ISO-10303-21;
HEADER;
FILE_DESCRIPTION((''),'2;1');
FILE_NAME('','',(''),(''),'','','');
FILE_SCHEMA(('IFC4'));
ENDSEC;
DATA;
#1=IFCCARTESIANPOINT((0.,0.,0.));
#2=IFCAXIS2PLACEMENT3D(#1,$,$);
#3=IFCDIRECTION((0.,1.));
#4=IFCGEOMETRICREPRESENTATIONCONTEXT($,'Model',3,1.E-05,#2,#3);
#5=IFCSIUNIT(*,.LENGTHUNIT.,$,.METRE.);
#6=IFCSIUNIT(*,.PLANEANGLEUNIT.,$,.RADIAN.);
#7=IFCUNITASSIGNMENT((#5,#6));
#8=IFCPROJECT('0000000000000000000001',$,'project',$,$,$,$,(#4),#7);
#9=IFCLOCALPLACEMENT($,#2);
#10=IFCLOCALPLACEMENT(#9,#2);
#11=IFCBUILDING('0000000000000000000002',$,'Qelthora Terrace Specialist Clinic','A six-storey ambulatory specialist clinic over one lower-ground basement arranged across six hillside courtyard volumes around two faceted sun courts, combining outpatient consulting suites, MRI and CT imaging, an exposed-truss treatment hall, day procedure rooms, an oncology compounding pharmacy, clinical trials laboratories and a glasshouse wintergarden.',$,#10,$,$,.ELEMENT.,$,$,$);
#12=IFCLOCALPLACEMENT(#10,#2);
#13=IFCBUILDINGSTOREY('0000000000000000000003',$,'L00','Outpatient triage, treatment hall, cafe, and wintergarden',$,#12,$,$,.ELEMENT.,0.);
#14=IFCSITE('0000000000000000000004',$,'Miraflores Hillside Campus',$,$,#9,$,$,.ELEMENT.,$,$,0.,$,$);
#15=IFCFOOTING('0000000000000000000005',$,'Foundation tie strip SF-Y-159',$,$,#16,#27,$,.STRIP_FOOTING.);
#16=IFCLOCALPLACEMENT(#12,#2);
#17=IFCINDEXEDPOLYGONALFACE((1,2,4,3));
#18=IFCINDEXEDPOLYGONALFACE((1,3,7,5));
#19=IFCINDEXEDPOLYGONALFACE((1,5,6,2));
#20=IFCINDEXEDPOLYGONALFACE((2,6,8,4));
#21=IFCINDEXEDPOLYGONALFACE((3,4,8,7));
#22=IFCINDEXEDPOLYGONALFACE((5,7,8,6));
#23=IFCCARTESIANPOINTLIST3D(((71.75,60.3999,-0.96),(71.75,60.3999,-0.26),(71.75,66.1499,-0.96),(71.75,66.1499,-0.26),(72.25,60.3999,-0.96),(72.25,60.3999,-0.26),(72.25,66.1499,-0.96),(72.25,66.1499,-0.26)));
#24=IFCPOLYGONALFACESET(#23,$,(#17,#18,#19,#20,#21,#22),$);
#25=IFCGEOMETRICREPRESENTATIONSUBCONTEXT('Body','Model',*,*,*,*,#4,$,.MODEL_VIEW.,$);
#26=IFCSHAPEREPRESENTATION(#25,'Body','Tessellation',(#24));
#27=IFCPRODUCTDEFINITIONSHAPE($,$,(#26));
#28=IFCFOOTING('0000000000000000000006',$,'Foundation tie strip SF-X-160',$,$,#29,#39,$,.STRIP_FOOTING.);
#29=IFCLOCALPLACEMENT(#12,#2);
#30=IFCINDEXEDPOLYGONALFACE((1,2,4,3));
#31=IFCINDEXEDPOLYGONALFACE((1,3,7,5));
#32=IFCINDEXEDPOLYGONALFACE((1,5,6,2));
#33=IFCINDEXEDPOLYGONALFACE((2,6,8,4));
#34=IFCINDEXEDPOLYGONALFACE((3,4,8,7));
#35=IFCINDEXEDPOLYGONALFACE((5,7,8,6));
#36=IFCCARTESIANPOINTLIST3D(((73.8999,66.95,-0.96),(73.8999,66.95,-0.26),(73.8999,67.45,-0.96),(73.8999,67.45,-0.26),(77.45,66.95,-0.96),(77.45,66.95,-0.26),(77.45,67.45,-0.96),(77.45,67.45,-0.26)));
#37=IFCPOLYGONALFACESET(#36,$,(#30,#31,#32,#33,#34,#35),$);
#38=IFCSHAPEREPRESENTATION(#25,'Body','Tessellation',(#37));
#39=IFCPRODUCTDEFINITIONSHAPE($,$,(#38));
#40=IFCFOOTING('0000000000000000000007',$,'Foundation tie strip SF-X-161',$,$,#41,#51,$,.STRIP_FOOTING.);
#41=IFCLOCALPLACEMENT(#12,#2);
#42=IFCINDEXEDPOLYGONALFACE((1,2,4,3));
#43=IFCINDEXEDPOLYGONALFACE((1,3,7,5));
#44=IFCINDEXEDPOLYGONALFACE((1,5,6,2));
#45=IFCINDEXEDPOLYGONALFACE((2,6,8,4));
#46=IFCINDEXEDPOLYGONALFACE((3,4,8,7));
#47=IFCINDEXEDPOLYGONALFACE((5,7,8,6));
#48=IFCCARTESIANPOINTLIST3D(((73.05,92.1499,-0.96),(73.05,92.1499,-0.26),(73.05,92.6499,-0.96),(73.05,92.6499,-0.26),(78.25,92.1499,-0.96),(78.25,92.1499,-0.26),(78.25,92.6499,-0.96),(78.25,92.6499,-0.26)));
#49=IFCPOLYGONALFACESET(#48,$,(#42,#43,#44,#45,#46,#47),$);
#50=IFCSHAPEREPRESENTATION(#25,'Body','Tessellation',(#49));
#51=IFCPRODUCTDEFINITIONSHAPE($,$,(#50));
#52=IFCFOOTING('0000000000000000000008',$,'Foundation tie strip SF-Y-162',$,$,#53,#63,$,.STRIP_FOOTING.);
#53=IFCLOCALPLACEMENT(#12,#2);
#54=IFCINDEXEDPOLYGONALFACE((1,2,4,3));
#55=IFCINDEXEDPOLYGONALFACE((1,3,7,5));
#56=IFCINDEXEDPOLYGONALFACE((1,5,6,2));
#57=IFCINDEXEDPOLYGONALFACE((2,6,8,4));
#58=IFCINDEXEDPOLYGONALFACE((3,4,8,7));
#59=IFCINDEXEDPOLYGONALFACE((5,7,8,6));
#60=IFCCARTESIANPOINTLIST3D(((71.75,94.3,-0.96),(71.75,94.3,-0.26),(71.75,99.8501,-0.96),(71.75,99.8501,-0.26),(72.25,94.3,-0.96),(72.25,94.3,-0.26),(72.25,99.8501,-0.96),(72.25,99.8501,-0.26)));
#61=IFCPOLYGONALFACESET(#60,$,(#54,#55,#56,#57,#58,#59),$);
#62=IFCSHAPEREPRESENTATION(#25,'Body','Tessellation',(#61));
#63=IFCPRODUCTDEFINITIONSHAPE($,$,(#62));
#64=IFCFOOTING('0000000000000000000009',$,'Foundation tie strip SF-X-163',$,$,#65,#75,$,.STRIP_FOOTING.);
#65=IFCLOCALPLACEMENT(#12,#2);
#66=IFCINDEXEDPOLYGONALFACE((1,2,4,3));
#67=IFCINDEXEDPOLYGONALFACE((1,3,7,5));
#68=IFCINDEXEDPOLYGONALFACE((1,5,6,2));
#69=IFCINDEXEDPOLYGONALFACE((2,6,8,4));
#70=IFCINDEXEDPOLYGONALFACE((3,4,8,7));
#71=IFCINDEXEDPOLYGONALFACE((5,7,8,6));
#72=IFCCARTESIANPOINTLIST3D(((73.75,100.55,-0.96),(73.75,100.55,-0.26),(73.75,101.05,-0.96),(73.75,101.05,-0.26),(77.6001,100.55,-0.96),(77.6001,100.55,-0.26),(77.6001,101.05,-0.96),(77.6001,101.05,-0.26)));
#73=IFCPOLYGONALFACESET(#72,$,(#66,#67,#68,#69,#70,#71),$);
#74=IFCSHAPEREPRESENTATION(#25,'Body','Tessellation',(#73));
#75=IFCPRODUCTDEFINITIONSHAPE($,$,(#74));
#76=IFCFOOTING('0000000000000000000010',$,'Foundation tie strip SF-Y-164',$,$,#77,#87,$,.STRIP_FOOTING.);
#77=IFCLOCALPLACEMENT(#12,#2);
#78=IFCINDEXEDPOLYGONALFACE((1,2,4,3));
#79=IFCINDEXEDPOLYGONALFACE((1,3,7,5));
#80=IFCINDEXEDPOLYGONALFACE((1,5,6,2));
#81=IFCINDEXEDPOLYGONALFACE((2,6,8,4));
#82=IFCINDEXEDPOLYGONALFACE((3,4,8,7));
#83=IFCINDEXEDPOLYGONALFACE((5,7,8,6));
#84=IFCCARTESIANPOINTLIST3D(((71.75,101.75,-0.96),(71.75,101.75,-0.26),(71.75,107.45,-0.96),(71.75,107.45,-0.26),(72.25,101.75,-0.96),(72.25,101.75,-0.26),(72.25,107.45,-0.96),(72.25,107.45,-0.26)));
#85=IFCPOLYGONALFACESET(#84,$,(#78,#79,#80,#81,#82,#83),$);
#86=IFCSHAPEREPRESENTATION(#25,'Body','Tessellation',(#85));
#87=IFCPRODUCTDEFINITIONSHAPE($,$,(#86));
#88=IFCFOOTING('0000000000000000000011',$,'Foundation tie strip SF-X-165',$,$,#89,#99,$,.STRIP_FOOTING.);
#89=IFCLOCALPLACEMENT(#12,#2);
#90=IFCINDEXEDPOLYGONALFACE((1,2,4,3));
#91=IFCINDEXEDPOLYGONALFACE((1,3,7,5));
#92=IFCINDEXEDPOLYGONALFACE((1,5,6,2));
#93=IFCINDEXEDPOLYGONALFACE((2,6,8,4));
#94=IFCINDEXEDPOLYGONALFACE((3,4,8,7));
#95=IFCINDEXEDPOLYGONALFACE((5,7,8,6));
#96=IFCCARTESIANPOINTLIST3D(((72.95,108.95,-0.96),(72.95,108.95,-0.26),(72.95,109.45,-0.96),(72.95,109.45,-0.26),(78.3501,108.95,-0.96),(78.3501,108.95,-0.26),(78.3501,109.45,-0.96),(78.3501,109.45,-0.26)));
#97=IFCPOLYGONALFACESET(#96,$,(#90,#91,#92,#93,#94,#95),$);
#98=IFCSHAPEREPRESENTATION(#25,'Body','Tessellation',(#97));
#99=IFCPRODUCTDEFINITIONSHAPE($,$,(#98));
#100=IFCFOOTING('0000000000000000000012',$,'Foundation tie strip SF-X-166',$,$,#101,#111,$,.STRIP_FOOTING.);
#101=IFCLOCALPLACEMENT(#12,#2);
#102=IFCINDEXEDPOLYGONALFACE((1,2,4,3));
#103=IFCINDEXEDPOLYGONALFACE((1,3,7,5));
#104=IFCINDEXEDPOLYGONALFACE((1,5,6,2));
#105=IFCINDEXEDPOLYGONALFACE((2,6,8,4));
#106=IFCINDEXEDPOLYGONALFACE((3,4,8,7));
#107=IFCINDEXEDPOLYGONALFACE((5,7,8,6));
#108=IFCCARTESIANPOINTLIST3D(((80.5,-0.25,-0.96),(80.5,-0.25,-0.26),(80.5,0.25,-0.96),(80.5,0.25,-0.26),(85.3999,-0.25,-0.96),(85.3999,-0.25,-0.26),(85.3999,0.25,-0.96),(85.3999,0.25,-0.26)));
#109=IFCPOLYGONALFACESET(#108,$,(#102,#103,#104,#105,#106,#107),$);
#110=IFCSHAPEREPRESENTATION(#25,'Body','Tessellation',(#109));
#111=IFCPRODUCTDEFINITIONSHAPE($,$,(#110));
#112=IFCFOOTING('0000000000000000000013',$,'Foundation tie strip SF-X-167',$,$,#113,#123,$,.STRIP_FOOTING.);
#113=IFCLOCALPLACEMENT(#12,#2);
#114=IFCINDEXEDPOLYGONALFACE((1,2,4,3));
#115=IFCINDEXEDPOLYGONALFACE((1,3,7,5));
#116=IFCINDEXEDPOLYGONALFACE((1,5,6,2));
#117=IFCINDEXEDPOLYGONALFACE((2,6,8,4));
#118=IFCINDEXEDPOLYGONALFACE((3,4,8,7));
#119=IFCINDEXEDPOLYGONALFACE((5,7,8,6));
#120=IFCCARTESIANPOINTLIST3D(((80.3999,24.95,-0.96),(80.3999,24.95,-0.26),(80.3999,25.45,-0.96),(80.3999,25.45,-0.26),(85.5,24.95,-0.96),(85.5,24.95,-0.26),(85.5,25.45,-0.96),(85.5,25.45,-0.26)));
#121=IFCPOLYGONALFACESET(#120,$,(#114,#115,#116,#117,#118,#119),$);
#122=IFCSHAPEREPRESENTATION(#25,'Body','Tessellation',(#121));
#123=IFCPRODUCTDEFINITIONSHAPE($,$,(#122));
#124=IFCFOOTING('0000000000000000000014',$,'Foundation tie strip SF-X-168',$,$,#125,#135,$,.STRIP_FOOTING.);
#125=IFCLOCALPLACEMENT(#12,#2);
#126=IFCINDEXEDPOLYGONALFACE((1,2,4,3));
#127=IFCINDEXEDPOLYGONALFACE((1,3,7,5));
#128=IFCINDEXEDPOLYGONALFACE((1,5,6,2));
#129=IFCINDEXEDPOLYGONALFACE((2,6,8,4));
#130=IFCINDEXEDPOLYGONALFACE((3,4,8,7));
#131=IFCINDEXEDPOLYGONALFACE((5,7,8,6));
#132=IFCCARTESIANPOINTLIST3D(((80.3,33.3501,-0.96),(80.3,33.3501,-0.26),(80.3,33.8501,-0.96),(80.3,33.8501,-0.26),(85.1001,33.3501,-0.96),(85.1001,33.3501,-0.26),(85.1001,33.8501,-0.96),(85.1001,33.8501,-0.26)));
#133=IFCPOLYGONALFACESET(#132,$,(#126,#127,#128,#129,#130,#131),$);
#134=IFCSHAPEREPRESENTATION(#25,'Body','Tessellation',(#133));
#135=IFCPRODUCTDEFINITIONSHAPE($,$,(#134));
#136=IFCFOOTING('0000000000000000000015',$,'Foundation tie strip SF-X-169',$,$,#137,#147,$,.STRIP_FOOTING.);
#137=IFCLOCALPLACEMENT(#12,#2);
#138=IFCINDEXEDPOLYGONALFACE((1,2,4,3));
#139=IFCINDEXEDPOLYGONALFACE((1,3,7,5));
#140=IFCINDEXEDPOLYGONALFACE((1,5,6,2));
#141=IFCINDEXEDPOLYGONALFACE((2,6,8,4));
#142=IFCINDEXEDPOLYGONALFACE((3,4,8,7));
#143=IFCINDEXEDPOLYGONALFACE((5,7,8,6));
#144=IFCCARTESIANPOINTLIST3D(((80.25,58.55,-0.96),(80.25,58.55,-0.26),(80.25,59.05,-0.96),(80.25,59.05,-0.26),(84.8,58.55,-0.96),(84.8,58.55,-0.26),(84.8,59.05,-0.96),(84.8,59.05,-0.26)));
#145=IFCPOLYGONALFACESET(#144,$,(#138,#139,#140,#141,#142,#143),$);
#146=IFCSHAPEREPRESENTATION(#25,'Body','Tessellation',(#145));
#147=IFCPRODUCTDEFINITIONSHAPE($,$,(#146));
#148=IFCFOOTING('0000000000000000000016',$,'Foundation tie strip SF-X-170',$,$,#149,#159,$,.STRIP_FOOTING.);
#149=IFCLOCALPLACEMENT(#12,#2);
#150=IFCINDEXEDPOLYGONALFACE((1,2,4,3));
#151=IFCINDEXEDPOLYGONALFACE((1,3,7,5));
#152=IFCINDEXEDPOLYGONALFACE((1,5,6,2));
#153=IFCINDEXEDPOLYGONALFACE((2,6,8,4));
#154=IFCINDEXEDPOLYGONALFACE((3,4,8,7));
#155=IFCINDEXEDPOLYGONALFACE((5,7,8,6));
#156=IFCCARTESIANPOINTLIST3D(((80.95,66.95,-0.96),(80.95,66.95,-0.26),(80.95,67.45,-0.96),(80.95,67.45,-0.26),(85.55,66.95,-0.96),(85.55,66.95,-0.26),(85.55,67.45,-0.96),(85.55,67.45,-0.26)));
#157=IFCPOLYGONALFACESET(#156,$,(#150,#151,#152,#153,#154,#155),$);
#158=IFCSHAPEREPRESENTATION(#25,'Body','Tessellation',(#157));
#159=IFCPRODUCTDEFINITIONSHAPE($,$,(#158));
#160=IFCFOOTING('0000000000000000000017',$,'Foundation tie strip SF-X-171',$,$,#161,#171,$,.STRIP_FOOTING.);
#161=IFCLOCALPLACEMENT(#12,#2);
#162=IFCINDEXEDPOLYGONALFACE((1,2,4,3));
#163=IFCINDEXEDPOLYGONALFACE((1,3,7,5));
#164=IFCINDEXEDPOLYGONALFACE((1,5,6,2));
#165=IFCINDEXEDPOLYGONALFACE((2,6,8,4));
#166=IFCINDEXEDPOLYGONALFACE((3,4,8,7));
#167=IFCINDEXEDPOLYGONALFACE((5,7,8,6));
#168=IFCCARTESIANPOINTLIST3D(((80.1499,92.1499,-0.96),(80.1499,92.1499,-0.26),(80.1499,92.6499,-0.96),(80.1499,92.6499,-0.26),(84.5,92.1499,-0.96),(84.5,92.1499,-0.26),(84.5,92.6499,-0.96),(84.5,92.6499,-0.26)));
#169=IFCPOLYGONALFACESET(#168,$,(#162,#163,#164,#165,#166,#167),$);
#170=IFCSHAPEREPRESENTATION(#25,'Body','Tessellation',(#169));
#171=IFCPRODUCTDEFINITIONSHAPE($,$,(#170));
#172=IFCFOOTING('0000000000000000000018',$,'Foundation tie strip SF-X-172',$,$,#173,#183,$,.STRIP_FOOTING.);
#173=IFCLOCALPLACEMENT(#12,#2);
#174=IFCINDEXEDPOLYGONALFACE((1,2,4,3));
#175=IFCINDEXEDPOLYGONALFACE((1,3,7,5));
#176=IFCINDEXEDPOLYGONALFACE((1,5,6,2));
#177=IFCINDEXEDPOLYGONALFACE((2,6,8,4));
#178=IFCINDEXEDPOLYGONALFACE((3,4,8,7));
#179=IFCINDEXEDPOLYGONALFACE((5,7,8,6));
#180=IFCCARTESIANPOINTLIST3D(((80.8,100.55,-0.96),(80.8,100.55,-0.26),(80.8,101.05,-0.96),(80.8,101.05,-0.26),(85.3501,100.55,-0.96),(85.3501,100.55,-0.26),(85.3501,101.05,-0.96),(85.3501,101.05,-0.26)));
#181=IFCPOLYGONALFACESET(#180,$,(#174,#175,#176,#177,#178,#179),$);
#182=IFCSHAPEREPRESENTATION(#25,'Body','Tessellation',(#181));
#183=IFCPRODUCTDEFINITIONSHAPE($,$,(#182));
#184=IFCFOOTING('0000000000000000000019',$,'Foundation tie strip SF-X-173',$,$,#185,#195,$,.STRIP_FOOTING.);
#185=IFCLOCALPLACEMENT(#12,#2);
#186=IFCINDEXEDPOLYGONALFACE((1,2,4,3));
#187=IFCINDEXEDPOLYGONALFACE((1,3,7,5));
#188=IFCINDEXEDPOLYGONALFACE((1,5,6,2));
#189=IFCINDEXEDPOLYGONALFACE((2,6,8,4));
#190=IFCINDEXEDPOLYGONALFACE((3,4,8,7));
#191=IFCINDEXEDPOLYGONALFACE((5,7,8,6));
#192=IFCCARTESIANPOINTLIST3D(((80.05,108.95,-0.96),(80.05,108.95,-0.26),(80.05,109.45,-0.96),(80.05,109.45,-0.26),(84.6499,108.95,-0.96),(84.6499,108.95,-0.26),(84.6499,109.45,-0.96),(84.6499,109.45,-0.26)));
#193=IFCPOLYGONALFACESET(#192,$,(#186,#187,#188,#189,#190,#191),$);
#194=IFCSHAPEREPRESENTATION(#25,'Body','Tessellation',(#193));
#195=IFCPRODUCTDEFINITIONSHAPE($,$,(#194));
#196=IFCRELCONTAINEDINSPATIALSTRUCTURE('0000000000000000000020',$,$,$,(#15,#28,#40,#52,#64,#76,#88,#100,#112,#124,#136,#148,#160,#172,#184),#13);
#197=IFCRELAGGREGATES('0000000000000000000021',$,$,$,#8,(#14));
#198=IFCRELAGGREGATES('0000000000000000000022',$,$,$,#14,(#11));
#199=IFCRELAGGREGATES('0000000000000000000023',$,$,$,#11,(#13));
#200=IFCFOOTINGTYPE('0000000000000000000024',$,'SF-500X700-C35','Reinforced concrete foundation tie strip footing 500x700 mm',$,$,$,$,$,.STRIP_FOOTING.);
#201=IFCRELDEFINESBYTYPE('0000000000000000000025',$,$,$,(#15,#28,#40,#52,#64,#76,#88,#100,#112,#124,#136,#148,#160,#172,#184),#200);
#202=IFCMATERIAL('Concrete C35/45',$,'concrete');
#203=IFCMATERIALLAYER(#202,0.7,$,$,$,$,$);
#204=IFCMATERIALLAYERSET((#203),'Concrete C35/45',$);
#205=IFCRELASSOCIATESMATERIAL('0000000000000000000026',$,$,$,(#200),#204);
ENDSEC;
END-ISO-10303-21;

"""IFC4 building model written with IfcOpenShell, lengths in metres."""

from ifc_helpers import new_model, si_unit, direction, frame, origin, place, context, subcontext, project, spatial, polyline, outline, extrude, material, layer, layer_set, type_object, element, save


model = new_model("IFC4")

# Units and contexts
model_context = context("Model", 3, precision=1e-05, world=origin(), true_north=direction((0.0, 1.0)))
body_context = subcontext(model_context, "Body", "Model", "MODEL_VIEW")
ifc_project = project(units=[si_unit("LENGTHUNIT", "METRE"), si_unit("PLANEANGLEUNIT", "RADIAN")], contexts=[model_context])

# Site, building, storey
site_placement = place(None, origin())
site = spatial("IfcSite", under=ifc_project, at=site_placement, Name="Miraflores Hillside Campus", CompositionType="ELEMENT", RefElevation=0.0)
building_placement = place(site_placement, origin())
building = spatial("IfcBuilding", under=site, at=building_placement, Name="Qelthora Terrace Specialist Clinic", Description="A six-storey ambulatory specialist clinic over one lower-ground basement arranged across six hillside courtyard volumes around two faceted sun courts, combining outpatient consulting suites, MRI and CT imaging, an exposed-truss treatment hall, day procedure rooms, an oncology compounding pharmacy, clinical trials laboratories and a glasshouse wintergarden.", CompositionType="ELEMENT")
storey_placement = place(building_placement, origin())
storey = spatial("IfcBuildingStorey", under=building, at=storey_placement, Name="L00", Description="Outpatient triage, treatment hall, cafe, and wintergarden", CompositionType="ELEMENT", Elevation=0.0)

# Footings
ifc_material = material(Name="Concrete C35/45", Category="concrete")
ifc_layer = layer(ifc_material, 0.7)
ifc_layer_set = layer_set([ifc_layer], Name="Concrete C35/45")
footing_type = type_object("IfcFootingType", Name="SF-500X700-C35", Description="Reinforced concrete foundation tie strip footing 500x700 mm", PredefinedType="STRIP_FOOTING", material=ifc_layer_set)
footing_1_placement = place(storey_placement, frame((0.0, 0.0, -0.96)))
element("IfcFooting", 1, at=footing_1_placement, inside=storey, type_object=footing_type, Name="Foundation tie strip SF-Y-159", PredefinedType="STRIP_FOOTING", context=body_context, shape_type="SweptSolid", body=[
    extrude(outline(polyline([(71.75, 60.3999), (72.25, 60.3999), (72.25, 66.1499), (71.75, 66.1499), (71.75, 60.3999)])), origin(), (0.0, 0.0, 1.0), 0.7),
])
footing_2_placement = place(storey_placement, frame((0.0, 0.0, -0.96)))
element("IfcFooting", 2, at=footing_2_placement, inside=storey, type_object=footing_type, Name="Foundation tie strip SF-X-160", PredefinedType="STRIP_FOOTING", context=body_context, shape_type="SweptSolid", body=[
    extrude(outline(polyline([(73.8999, 66.95), (77.45, 66.95), (77.45, 67.45), (73.8999, 67.45), (73.8999, 66.95)])), origin(), (0.0, 0.0, 1.0), 0.7),
])
footing_3_placement = place(storey_placement, frame((0.0, 0.0, -0.96)))
element("IfcFooting", 3, at=footing_3_placement, inside=storey, type_object=footing_type, Name="Foundation tie strip SF-X-161", PredefinedType="STRIP_FOOTING", context=body_context, shape_type="SweptSolid", body=[
    extrude(outline(polyline([(73.05, 92.1499), (78.25, 92.1499), (78.25, 92.6499), (73.05, 92.6499), (73.05, 92.1499)])), origin(), (0.0, 0.0, 1.0), 0.7),
])
footing_4_placement = place(storey_placement, frame((0.0, 0.0, -0.96)))
element("IfcFooting", 4, at=footing_4_placement, inside=storey, type_object=footing_type, Name="Foundation tie strip SF-Y-162", PredefinedType="STRIP_FOOTING", context=body_context, shape_type="SweptSolid", body=[
    extrude(outline(polyline([(71.75, 94.3), (72.25, 94.3), (72.25, 99.8501), (71.75, 99.8501), (71.75, 94.3)])), origin(), (0.0, 0.0, 1.0), 0.7),
])
footing_5_placement = place(storey_placement, frame((0.0, 0.0, -0.96)))
element("IfcFooting", 5, at=footing_5_placement, inside=storey, type_object=footing_type, Name="Foundation tie strip SF-X-163", PredefinedType="STRIP_FOOTING", context=body_context, shape_type="SweptSolid", body=[
    extrude(outline(polyline([(73.75, 100.55), (77.6001, 100.55), (77.6001, 101.05), (73.75, 101.05), (73.75, 100.55)])), origin(), (0.0, 0.0, 1.0), 0.7),
])
footing_6_placement = place(storey_placement, frame((0.0, 0.0, -0.96)))
element("IfcFooting", 6, at=footing_6_placement, inside=storey, type_object=footing_type, Name="Foundation tie strip SF-Y-164", PredefinedType="STRIP_FOOTING", context=body_context, shape_type="SweptSolid", body=[
    extrude(outline(polyline([(71.75, 101.75), (72.25, 101.75), (72.25, 107.45), (71.75, 107.45), (71.75, 101.75)])), origin(), (0.0, 0.0, 1.0), 0.7),
])
footing_7_placement = place(storey_placement, frame((0.0, 0.0, -0.96)))
element("IfcFooting", 7, at=footing_7_placement, inside=storey, type_object=footing_type, Name="Foundation tie strip SF-X-165", PredefinedType="STRIP_FOOTING", context=body_context, shape_type="SweptSolid", body=[
    extrude(outline(polyline([(72.95, 108.95), (78.3501, 108.95), (78.3501, 109.45), (72.95, 109.45), (72.95, 108.95)])), origin(), (0.0, 0.0, 1.0), 0.7),
])
footing_8_placement = place(storey_placement, frame((0.0, 0.0, -0.96)))
element("IfcFooting", 8, at=footing_8_placement, inside=storey, type_object=footing_type, Name="Foundation tie strip SF-X-166", PredefinedType="STRIP_FOOTING", context=body_context, shape_type="SweptSolid", body=[
    extrude(outline(polyline([(80.5, -0.25), (85.3999, -0.25), (85.3999, 0.25), (80.5, 0.25), (80.5, -0.25)])), origin(), (0.0, 0.0, 1.0), 0.7),
])
footing_9_placement = place(storey_placement, frame((0.0, 0.0, -0.96)))
element("IfcFooting", 9, at=footing_9_placement, inside=storey, type_object=footing_type, Name="Foundation tie strip SF-X-167", PredefinedType="STRIP_FOOTING", context=body_context, shape_type="SweptSolid", body=[
    extrude(outline(polyline([(80.3999, 24.95), (85.5, 24.95), (85.5, 25.45), (80.3999, 25.45), (80.3999, 24.95)])), origin(), (0.0, 0.0, 1.0), 0.7),
])
footing_10_placement = place(storey_placement, frame((0.0, 0.0, -0.96)))
element("IfcFooting", 10, at=footing_10_placement, inside=storey, type_object=footing_type, Name="Foundation tie strip SF-X-168", PredefinedType="STRIP_FOOTING", context=body_context, shape_type="SweptSolid", body=[
    extrude(outline(polyline([(80.3, 33.3501), (85.1001, 33.3501), (85.1001, 33.8501), (80.3, 33.8501), (80.3, 33.3501)])), origin(), (0.0, 0.0, 1.0), 0.7),
])
footing_11_placement = place(storey_placement, frame((0.0, 0.0, -0.96)))
element("IfcFooting", 11, at=footing_11_placement, inside=storey, type_object=footing_type, Name="Foundation tie strip SF-X-169", PredefinedType="STRIP_FOOTING", context=body_context, shape_type="SweptSolid", body=[
    extrude(outline(polyline([(80.25, 58.55), (84.8, 58.55), (84.8, 59.05), (80.25, 59.05), (80.25, 58.55)])), origin(), (0.0, 0.0, 1.0), 0.7),
])
footing_12_placement = place(storey_placement, frame((0.0, 0.0, -0.96)))
element("IfcFooting", 12, at=footing_12_placement, inside=storey, type_object=footing_type, Name="Foundation tie strip SF-X-170", PredefinedType="STRIP_FOOTING", context=body_context, shape_type="SweptSolid", body=[
    extrude(outline(polyline([(80.95, 66.95), (85.55, 66.95), (85.55, 67.45), (80.95, 67.45), (80.95, 66.95)])), origin(), (0.0, 0.0, 1.0), 0.7),
])
footing_13_placement = place(storey_placement, frame((0.0, 0.0, -0.96)))
element("IfcFooting", 13, at=footing_13_placement, inside=storey, type_object=footing_type, Name="Foundation tie strip SF-X-171", PredefinedType="STRIP_FOOTING", context=body_context, shape_type="SweptSolid", body=[
    extrude(outline(polyline([(80.1499, 92.1499), (84.5, 92.1499), (84.5, 92.6499), (80.1499, 92.6499), (80.1499, 92.1499)])), origin(), (0.0, 0.0, 1.0), 0.7),
])
footing_14_placement = place(storey_placement, frame((0.0, 0.0, -0.96)))
element("IfcFooting", 14, at=footing_14_placement, inside=storey, type_object=footing_type, Name="Foundation tie strip SF-X-172", PredefinedType="STRIP_FOOTING", context=body_context, shape_type="SweptSolid", body=[
    extrude(outline(polyline([(80.8, 100.55), (85.3501, 100.55), (85.3501, 101.05), (80.8, 101.05), (80.8, 100.55)])), origin(), (0.0, 0.0, 1.0), 0.7),
])
footing_15_placement = place(storey_placement, frame((0.0, 0.0, -0.96)))
element("IfcFooting", 15, at=footing_15_placement, inside=storey, type_object=footing_type, Name="Foundation tie strip SF-X-173", PredefinedType="STRIP_FOOTING", context=body_context, shape_type="SweptSolid", body=[
    extrude(outline(polyline([(80.05, 108.95), (84.6499, 108.95), (84.6499, 109.45), (80.05, 109.45), (80.05, 108.95)])), origin(), (0.0, 0.0, 1.0), 0.7),
])

save(model, "model.ifc")
